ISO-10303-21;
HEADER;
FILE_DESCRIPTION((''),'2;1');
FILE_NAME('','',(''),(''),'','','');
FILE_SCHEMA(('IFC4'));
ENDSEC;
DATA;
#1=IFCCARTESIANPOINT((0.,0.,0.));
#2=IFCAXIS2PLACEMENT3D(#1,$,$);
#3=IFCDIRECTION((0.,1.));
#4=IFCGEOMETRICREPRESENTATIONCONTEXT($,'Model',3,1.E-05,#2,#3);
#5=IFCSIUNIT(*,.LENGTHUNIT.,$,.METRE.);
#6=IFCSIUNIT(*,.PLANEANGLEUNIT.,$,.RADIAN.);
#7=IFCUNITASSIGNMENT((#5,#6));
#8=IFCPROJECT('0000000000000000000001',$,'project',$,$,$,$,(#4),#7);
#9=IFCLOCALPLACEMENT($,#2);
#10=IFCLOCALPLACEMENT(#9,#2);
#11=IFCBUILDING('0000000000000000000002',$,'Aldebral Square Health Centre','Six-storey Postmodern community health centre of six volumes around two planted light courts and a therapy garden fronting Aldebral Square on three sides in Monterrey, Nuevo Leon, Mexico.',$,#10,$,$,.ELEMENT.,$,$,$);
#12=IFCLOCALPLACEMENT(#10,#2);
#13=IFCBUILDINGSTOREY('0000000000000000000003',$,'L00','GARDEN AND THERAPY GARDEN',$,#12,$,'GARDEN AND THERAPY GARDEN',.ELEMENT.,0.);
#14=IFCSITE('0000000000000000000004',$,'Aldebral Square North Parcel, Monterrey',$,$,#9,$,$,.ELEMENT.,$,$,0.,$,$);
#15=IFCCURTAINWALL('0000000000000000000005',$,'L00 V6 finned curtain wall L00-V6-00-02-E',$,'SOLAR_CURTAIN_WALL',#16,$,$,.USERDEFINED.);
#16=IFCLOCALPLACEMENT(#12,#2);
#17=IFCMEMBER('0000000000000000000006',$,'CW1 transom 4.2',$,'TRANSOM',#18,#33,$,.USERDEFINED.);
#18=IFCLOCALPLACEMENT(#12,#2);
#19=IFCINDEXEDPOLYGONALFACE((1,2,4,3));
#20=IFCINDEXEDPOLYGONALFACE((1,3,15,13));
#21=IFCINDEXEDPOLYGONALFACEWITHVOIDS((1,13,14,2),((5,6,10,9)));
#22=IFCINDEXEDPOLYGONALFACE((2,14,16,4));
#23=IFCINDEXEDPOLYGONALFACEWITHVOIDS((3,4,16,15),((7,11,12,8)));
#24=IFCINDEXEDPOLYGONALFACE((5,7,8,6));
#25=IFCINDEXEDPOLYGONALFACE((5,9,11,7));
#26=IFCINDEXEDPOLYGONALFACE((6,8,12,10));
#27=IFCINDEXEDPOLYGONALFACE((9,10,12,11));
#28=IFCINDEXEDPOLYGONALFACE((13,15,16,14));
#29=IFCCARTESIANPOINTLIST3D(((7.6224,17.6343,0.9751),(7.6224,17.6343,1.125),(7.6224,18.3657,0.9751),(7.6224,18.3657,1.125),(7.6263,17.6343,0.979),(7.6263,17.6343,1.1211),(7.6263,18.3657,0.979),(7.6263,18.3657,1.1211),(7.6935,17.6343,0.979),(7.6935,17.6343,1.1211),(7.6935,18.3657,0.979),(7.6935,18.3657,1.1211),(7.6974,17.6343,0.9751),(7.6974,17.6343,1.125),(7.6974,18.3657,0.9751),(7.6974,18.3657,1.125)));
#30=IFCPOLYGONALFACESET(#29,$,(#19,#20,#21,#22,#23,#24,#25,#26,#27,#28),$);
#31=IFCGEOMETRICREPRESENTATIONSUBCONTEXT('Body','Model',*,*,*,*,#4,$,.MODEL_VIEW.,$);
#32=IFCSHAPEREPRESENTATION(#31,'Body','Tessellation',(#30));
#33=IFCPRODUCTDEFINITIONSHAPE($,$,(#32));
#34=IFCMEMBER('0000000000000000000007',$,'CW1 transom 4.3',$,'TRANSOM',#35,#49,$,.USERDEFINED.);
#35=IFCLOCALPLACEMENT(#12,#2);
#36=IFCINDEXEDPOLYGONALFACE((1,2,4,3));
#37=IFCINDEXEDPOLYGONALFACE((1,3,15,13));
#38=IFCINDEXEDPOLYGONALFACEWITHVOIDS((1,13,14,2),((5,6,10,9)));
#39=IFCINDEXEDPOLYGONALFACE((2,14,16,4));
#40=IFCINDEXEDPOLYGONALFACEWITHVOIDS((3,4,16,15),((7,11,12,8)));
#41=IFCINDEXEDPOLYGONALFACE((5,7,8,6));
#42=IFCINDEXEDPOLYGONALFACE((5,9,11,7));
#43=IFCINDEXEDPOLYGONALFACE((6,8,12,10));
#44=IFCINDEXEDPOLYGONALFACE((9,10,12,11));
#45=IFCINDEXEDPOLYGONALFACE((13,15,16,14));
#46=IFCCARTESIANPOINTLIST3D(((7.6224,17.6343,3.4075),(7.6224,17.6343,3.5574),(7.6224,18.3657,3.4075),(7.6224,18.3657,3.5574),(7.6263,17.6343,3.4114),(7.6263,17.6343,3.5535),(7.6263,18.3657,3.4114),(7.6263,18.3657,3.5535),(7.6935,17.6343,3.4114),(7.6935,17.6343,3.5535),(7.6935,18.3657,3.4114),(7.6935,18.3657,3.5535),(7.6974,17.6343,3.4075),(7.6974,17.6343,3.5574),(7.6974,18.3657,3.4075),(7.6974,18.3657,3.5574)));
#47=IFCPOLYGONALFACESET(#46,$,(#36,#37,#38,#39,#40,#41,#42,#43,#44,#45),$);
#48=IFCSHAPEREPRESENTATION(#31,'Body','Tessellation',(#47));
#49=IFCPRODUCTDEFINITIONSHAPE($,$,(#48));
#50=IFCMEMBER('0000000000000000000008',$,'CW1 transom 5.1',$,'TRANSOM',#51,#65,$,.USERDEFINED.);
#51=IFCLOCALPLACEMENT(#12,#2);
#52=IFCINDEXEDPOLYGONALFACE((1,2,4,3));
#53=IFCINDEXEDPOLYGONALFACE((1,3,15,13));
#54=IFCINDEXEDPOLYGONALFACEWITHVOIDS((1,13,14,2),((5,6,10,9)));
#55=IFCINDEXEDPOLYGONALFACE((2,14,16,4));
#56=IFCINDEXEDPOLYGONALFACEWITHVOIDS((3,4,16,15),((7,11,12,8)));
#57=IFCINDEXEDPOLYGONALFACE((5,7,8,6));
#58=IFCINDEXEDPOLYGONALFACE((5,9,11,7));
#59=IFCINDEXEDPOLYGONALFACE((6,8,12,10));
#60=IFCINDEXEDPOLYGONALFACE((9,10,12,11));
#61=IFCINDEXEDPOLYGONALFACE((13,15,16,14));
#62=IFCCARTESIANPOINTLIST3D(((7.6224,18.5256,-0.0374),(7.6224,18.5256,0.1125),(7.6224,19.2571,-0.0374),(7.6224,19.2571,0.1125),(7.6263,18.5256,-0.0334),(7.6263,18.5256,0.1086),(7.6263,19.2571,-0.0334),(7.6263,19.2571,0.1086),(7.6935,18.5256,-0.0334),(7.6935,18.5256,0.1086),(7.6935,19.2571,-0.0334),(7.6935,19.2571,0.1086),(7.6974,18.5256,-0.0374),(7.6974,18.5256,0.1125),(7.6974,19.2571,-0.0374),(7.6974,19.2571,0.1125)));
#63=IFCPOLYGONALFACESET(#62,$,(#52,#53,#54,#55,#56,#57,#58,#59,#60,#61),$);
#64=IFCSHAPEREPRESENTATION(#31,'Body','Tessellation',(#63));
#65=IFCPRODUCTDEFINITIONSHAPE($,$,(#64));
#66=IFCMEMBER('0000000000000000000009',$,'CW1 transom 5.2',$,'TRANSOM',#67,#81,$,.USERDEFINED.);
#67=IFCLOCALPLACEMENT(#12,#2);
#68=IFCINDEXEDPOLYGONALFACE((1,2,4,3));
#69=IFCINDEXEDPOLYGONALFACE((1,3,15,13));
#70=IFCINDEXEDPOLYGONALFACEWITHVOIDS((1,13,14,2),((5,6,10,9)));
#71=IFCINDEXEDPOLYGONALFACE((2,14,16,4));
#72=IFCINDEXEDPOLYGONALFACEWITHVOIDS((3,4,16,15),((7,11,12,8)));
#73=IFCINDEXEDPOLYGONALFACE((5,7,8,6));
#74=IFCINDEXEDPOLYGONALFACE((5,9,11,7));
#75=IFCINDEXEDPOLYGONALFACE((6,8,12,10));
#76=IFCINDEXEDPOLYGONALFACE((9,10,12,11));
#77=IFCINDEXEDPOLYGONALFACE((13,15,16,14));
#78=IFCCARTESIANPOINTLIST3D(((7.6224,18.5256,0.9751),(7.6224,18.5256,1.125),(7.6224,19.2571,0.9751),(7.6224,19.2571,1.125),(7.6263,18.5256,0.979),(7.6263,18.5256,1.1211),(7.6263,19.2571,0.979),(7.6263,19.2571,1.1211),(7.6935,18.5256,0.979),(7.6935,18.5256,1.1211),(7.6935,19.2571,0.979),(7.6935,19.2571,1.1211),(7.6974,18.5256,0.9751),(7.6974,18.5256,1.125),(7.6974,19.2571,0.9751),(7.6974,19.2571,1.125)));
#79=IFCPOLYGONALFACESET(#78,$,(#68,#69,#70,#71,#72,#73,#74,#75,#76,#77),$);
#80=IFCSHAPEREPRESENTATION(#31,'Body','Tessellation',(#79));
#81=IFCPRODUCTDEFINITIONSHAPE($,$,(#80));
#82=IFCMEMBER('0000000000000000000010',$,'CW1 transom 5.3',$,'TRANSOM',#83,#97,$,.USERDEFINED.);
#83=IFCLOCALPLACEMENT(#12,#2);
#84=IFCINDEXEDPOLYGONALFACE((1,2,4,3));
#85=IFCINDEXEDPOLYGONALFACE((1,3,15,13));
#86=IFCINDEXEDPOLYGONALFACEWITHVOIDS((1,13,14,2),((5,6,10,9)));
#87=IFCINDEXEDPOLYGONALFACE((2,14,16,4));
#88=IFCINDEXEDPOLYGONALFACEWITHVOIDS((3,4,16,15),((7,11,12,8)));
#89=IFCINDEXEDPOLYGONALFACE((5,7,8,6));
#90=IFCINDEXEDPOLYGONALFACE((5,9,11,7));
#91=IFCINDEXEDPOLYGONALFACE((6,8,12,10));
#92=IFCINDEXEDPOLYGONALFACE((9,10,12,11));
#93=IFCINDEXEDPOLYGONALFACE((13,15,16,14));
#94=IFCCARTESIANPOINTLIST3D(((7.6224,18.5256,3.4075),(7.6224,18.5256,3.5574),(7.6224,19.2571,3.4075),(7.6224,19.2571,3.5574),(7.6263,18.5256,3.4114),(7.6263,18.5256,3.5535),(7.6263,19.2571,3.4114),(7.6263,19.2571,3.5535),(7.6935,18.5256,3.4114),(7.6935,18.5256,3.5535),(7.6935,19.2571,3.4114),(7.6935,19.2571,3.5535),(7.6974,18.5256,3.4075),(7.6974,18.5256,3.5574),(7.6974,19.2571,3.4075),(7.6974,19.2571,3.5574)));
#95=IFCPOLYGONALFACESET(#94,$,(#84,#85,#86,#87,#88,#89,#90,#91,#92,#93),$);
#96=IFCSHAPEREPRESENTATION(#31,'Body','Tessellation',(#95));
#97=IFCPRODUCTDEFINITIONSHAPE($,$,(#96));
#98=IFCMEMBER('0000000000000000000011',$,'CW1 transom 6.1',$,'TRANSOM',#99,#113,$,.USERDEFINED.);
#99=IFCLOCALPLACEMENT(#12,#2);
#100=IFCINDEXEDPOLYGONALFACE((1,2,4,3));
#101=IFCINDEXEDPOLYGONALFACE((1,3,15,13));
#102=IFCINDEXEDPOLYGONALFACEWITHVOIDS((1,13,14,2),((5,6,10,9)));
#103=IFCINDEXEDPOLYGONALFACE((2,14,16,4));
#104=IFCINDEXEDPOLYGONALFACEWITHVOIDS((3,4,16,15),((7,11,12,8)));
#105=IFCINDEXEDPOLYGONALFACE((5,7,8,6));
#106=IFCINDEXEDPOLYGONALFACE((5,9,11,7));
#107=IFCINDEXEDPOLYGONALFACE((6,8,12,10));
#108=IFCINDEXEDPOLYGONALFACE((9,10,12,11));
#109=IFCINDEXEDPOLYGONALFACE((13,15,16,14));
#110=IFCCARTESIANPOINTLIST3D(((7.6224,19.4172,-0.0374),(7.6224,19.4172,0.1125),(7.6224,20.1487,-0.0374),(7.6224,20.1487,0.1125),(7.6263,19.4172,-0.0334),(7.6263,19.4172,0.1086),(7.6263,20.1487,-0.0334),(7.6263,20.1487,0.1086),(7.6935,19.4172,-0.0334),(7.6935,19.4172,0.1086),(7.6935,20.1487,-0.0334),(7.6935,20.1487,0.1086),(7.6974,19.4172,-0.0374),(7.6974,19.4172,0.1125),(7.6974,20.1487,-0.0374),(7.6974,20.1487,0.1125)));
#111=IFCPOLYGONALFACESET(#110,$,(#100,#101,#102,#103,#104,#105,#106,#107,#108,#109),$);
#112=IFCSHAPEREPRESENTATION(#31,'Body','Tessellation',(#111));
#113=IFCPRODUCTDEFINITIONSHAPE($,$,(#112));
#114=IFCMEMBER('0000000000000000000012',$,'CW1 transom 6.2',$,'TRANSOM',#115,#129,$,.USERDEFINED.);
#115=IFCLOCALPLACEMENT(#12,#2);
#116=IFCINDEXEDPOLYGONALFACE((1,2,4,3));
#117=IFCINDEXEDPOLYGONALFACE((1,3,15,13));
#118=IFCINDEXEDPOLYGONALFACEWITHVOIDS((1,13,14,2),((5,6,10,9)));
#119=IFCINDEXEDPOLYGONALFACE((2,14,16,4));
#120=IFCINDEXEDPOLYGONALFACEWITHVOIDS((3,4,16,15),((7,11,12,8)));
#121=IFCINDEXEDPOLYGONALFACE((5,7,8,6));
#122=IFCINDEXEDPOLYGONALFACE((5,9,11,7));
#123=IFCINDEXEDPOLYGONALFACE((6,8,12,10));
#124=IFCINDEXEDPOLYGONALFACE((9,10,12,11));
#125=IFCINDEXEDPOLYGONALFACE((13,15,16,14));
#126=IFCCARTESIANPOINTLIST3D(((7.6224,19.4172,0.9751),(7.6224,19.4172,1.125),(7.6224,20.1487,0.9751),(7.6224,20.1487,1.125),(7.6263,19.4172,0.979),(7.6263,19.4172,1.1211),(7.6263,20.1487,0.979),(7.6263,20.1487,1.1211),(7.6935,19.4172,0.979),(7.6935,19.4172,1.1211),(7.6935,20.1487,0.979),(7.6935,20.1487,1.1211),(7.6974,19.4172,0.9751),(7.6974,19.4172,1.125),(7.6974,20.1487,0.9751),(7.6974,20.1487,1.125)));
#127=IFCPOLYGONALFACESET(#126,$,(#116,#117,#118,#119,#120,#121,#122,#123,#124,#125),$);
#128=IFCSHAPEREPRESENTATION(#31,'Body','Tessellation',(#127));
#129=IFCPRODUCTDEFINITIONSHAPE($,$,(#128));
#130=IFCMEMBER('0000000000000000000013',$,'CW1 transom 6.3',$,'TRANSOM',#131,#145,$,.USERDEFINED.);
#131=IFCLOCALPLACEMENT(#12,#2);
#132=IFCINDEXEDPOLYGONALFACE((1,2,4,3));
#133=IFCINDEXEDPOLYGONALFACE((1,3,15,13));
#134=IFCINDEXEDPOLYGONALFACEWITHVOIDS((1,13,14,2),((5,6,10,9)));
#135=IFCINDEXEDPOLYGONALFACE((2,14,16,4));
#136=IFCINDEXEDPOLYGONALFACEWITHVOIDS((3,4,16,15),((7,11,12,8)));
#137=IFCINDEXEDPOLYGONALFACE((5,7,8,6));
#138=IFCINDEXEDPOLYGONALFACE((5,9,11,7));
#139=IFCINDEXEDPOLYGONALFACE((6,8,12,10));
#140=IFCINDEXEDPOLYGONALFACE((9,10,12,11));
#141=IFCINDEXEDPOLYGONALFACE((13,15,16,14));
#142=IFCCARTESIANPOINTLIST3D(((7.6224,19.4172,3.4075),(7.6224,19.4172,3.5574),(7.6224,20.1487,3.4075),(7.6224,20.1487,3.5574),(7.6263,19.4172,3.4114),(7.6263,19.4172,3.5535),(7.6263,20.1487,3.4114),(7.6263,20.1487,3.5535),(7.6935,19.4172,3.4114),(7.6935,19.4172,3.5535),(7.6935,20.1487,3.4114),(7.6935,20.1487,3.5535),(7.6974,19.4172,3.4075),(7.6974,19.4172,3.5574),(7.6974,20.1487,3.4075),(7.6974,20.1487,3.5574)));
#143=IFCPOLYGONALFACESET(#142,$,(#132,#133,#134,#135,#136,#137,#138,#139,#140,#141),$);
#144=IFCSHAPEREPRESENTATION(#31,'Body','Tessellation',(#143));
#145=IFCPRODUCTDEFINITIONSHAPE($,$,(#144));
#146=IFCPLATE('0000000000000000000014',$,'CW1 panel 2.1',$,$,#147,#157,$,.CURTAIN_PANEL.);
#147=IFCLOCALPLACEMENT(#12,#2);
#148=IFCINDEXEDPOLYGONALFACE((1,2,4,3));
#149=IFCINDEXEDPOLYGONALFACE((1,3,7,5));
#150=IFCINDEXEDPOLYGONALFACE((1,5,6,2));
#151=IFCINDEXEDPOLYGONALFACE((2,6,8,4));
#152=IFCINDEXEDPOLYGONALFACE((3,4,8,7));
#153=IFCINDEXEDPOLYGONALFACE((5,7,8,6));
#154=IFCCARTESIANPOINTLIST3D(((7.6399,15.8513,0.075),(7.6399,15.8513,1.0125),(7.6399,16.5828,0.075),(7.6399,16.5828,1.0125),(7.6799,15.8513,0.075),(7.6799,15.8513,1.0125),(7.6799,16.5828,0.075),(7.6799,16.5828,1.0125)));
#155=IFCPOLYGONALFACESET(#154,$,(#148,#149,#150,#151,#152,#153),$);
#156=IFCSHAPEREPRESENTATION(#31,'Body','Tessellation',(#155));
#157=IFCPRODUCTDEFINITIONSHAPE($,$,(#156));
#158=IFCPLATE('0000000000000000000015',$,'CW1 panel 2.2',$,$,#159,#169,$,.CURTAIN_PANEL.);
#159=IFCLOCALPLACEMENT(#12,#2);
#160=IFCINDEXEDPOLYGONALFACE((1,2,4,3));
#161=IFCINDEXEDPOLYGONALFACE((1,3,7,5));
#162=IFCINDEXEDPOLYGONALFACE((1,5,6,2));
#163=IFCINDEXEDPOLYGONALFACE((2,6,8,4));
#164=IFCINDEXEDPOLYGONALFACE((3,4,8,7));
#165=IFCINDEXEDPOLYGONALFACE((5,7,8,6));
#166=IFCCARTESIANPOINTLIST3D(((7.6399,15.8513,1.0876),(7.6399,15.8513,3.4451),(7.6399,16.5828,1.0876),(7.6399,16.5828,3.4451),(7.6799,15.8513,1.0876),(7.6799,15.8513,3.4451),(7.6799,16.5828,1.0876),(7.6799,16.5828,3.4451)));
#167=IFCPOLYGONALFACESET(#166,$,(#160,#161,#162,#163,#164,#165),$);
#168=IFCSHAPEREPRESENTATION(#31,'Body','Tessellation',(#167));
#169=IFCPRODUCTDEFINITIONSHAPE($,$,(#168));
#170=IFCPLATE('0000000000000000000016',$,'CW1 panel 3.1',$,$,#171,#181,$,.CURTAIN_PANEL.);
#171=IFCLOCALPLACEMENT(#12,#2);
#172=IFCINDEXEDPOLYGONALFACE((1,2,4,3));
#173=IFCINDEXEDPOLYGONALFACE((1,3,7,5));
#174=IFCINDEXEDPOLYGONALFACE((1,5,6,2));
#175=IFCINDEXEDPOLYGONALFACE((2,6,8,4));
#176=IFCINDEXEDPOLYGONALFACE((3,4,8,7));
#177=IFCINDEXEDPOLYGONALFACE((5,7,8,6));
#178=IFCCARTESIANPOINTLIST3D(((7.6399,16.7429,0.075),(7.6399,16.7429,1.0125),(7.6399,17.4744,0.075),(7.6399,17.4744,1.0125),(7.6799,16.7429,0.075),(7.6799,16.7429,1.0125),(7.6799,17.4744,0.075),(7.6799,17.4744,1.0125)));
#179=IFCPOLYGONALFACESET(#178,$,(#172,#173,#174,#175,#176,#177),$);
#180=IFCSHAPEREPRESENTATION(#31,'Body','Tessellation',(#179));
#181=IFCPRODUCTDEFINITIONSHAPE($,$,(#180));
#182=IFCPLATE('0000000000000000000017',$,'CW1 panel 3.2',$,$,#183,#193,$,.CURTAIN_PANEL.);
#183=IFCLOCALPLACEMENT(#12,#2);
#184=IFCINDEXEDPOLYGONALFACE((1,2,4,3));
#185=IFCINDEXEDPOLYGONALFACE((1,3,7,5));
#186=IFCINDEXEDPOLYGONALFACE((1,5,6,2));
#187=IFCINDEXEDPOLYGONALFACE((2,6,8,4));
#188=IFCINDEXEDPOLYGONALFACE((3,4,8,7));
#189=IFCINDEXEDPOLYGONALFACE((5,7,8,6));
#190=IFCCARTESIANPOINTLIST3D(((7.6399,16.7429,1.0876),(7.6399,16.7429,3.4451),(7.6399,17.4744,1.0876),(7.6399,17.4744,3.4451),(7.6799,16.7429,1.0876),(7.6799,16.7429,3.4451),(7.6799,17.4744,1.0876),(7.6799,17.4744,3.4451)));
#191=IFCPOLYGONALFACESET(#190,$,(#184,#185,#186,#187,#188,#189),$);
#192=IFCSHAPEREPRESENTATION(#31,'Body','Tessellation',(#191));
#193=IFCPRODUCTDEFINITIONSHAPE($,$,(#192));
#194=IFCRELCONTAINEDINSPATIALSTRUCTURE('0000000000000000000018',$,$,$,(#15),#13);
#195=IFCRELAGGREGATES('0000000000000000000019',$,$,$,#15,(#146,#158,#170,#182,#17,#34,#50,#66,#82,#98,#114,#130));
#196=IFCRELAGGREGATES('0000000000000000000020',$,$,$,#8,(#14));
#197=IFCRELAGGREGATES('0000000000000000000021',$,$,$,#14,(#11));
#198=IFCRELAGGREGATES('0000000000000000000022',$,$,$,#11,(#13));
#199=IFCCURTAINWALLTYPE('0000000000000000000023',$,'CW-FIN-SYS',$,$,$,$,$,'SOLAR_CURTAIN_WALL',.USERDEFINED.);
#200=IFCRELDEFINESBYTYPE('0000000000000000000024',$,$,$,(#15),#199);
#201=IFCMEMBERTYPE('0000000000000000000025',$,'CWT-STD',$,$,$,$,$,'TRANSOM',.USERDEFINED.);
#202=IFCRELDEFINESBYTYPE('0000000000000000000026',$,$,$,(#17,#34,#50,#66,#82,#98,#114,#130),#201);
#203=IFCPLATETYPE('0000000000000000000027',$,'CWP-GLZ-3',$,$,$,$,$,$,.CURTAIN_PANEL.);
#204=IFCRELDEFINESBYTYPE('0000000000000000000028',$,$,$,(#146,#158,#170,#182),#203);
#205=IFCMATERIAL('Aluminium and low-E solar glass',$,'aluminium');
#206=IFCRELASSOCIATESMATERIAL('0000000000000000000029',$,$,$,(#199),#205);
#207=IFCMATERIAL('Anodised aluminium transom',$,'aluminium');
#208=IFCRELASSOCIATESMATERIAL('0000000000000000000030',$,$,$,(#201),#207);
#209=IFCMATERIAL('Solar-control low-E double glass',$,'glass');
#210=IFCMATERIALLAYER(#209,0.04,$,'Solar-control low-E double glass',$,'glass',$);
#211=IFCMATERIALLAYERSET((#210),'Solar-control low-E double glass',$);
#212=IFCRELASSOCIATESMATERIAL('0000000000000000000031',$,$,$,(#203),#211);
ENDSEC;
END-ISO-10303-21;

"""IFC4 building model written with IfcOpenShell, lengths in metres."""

from ifc_helpers import new_model, si_unit, direction, frame, origin, origin_2d, place, context, subcontext, project, spatial, rectangle, hollow_rectangle, extrude, material, layer, layer_set, material_profile, profile_set, type_object, element, aggregate, save


model = new_model("IFC4")

# Units and contexts
model_context = context("Model", 3, precision=1e-05, world=origin(), true_north=direction((0.0, 1.0)))
body_context = subcontext(model_context, "Body", "Model", "MODEL_VIEW")
ifc_project = project(units=[si_unit("LENGTHUNIT", "METRE"), si_unit("PLANEANGLEUNIT", "RADIAN")], contexts=[model_context])

# Site, building, storey
site_placement = place(None, origin())
site = spatial("IfcSite", under=ifc_project, at=site_placement, Name="Aldebral Square North Parcel, Monterrey", CompositionType="ELEMENT", RefElevation=0.0)
building_placement = place(site_placement, origin())
building = spatial("IfcBuilding", under=site, at=building_placement, Name="Aldebral Square Health Centre", Description="Six-storey Postmodern community health centre of six volumes around two planted light courts and a therapy garden fronting Aldebral Square on three sides in Monterrey, Nuevo Leon, Mexico.", CompositionType="ELEMENT")
storey_placement = place(building_placement, origin())
storey = spatial("IfcBuildingStorey", under=building, at=storey_placement, Name="L00", Description="GARDEN AND THERAPY GARDEN", LongName="GARDEN AND THERAPY GARDEN", CompositionType="ELEMENT", Elevation=0.0)

# Curtain wall, members, plates
ifc_material_1 = material(Name="Aluminium and low-E solar glass", Category="aluminium")
curtain_wall_type = type_object("IfcCurtainWallType", Name="CW-FIN-SYS", ElementType="SOLAR_CURTAIN_WALL", PredefinedType="USERDEFINED", material=ifc_material_1)
curtain_wall_placement = place(storey_placement, origin())
curtain_wall = element("IfcCurtainWall", 1, at=curtain_wall_placement, inside=storey, type_object=curtain_wall_type, Name="L00 V6 finned curtain wall L00-V6-00-02-E", ObjectType="SOLAR_CURTAIN_WALL", PredefinedType="USERDEFINED")
ifc_material_2 = material(Name="Anodised aluminium transom", Category="aluminium")
ifc_material_profile_1 = material_profile(ifc_material_2, hollow_rectangle(XDim=0.075, YDim=0.1499, WallThickness=0.0039, at=origin_2d()), Name="CWT 75x150x4")
ifc_profile_set_1 = profile_set([ifc_material_profile_1], Name="Anodised aluminium transom")
member_type_1 = type_object("IfcMemberType", Name="CWT-STD", ElementType="TRANSOM", PredefinedType="USERDEFINED", material=ifc_profile_set_1)
member_1_placement = place(storey_placement, frame((7.6599, 17.6343, 1.05), z_axis=(0.0, 1.0, 0.0), x_axis=(-1.0, 0.0, 0.0)))
member_1 = element("IfcMember", 2, at=member_1_placement, type_object=member_type_1, Name="CW1 transom 4.2", ObjectType="TRANSOM", PredefinedType="USERDEFINED", context=body_context, shape_type="SweptSolid", body=[
    extrude(hollow_rectangle(XDim=0.075, YDim=0.1499, WallThickness=0.0039, at=origin_2d()), origin(), (0.0, 0.0, 1.0), 0.7314),
])
member_2_placement = place(storey_placement, frame((7.6599, 17.6343, 3.4824), z_axis=(0.0, 1.0, 0.0), x_axis=(-1.0, 0.0, 0.0)))
member_2 = element("IfcMember", 3, at=member_2_placement, type_object=member_type_1, Name="CW1 transom 4.3", ObjectType="TRANSOM", PredefinedType="USERDEFINED", context=body_context, shape_type="SweptSolid", body=[
    extrude(hollow_rectangle(XDim=0.075, YDim=0.1499, WallThickness=0.0039, at=origin_2d()), origin(), (0.0, 0.0, 1.0), 0.7314),
])
member_3_placement = place(storey_placement, frame((7.6599, 18.5256, 0.0376), z_axis=(0.0, 1.0, 0.0), x_axis=(-1.0, 0.0, 0.0)))
member_3 = element("IfcMember", 4, at=member_3_placement, type_object=member_type_1, Name="CW1 transom 5.1", ObjectType="TRANSOM", PredefinedType="USERDEFINED", context=body_context, shape_type="SweptSolid", body=[
    extrude(hollow_rectangle(XDim=0.075, YDim=0.1499, WallThickness=0.0039, at=origin_2d()), origin(), (0.0, 0.0, 1.0), 0.7314),
])
member_4_placement = place(storey_placement, frame((7.6599, 18.5256, 1.05), z_axis=(0.0, 1.0, 0.0), x_axis=(-1.0, 0.0, 0.0)))
member_4 = element("IfcMember", 5, at=member_4_placement, type_object=member_type_1, Name="CW1 transom 5.2", ObjectType="TRANSOM", PredefinedType="USERDEFINED", context=body_context, shape_type="SweptSolid", body=[
    extrude(hollow_rectangle(XDim=0.075, YDim=0.1499, WallThickness=0.0039, at=origin_2d()), origin(), (0.0, 0.0, 1.0), 0.7314),
])
member_5_placement = place(storey_placement, frame((7.6599, 18.5256, 3.4824), z_axis=(0.0, 1.0, 0.0), x_axis=(-1.0, 0.0, 0.0)))
member_5 = element("IfcMember", 6, at=member_5_placement, type_object=member_type_1, Name="CW1 transom 5.3", ObjectType="TRANSOM", PredefinedType="USERDEFINED", context=body_context, shape_type="SweptSolid", body=[
    extrude(hollow_rectangle(XDim=0.075, YDim=0.1499, WallThickness=0.0039, at=origin_2d()), origin(), (0.0, 0.0, 1.0), 0.7314),
])
member_6_placement = place(storey_placement, frame((7.6599, 19.4172, 0.0376), z_axis=(0.0, 1.0, 0.0), x_axis=(-1.0, 0.0, 0.0)))
member_6 = element("IfcMember", 7, at=member_6_placement, type_object=member_type_1, Name="CW1 transom 6.1", ObjectType="TRANSOM", PredefinedType="USERDEFINED", context=body_context, shape_type="SweptSolid", body=[
    extrude(hollow_rectangle(XDim=0.075, YDim=0.1499, WallThickness=0.0039, at=origin_2d()), origin(), (0.0, 0.0, 1.0), 0.7314),
])
member_7_placement = place(storey_placement, frame((7.6599, 19.4172, 1.05), z_axis=(0.0, 1.0, 0.0), x_axis=(-1.0, 0.0, 0.0)))
member_7 = element("IfcMember", 8, at=member_7_placement, type_object=member_type_1, Name="CW1 transom 6.2", ObjectType="TRANSOM", PredefinedType="USERDEFINED", context=body_context, shape_type="SweptSolid", body=[
    extrude(hollow_rectangle(XDim=0.075, YDim=0.1499, WallThickness=0.0039, at=origin_2d()), origin(), (0.0, 0.0, 1.0), 0.7314),
])
member_8_placement = place(storey_placement, frame((7.6599, 19.4172, 3.4824), z_axis=(0.0, 1.0, 0.0), x_axis=(-1.0, 0.0, 0.0)))
member_8 = element("IfcMember", 9, at=member_8_placement, type_object=member_type_1, Name="CW1 transom 6.3", ObjectType="TRANSOM", PredefinedType="USERDEFINED", context=body_context, shape_type="SweptSolid", body=[
    extrude(hollow_rectangle(XDim=0.075, YDim=0.1499, WallThickness=0.0039, at=origin_2d()), origin(), (0.0, 0.0, 1.0), 0.7314),
])
ifc_material_3 = material(Name="Solar-control low-E double glass", Category="glass")
ifc_layer_1 = layer(ifc_material_3, 0.04, Name="Solar-control low-E double glass", Category="glass")
ifc_layer_set_1 = layer_set([ifc_layer_1], Name="Solar-control low-E double glass")
plate_type = type_object("IfcPlateType", Name="CWP-GLZ-3", PredefinedType="CURTAIN_PANEL", material=ifc_layer_set_1)
plate_1_placement = place(storey_placement, frame((7.6599, 16.217, 0.075), z_axis=(0.0, 0.0, 1.0), x_axis=(0.0, 1.0, 0.0)))
plate_1 = element("IfcPlate", 10, at=plate_1_placement, type_object=plate_type, Name="CW1 panel 2.1", PredefinedType="CURTAIN_PANEL", context=body_context, shape_type="SweptSolid", body=[
    extrude(rectangle(XDim=0.7314, YDim=0.04, at=origin_2d()), origin(), (0.0, 0.0, 1.0), 0.9375),
])
plate_2_placement = place(storey_placement, frame((7.6599, 16.217, 1.0876), z_axis=(0.0, 0.0, 1.0), x_axis=(0.0, 1.0, 0.0)))
plate_2 = element("IfcPlate", 11, at=plate_2_placement, type_object=plate_type, Name="CW1 panel 2.2", PredefinedType="CURTAIN_PANEL", context=body_context, shape_type="SweptSolid", body=[
    extrude(rectangle(XDim=0.7314, YDim=0.04, at=origin_2d()), origin(), (0.0, 0.0, 1.0), 2.3574),
])
plate_3_placement = place(storey_placement, frame((7.6599, 17.1086, 0.075), z_axis=(0.0, 0.0, 1.0), x_axis=(0.0, 1.0, 0.0)))
plate_3 = element("IfcPlate", 12, at=plate_3_placement, type_object=plate_type, Name="CW1 panel 3.1", PredefinedType="CURTAIN_PANEL", context=body_context, shape_type="SweptSolid", body=[
    extrude(rectangle(XDim=0.7314, YDim=0.04, at=origin_2d()), origin(), (0.0, 0.0, 1.0), 0.9375),
])
plate_4_placement = place(storey_placement, frame((7.6599, 17.1086, 1.0876), z_axis=(0.0, 0.0, 1.0), x_axis=(0.0, 1.0, 0.0)))
plate_4 = element("IfcPlate", 13, at=plate_4_placement, type_object=plate_type, Name="CW1 panel 3.2", PredefinedType="CURTAIN_PANEL", context=body_context, shape_type="SweptSolid", body=[
    extrude(rectangle(XDim=0.7314, YDim=0.04, at=origin_2d()), origin(), (0.0, 0.0, 1.0), 2.3574),
])
aggregate(curtain_wall, [plate_1, plate_2, plate_3, plate_4, member_1, member_2, member_3, member_4, member_5, member_6, member_7, member_8])

save(model, "model.ifc")
